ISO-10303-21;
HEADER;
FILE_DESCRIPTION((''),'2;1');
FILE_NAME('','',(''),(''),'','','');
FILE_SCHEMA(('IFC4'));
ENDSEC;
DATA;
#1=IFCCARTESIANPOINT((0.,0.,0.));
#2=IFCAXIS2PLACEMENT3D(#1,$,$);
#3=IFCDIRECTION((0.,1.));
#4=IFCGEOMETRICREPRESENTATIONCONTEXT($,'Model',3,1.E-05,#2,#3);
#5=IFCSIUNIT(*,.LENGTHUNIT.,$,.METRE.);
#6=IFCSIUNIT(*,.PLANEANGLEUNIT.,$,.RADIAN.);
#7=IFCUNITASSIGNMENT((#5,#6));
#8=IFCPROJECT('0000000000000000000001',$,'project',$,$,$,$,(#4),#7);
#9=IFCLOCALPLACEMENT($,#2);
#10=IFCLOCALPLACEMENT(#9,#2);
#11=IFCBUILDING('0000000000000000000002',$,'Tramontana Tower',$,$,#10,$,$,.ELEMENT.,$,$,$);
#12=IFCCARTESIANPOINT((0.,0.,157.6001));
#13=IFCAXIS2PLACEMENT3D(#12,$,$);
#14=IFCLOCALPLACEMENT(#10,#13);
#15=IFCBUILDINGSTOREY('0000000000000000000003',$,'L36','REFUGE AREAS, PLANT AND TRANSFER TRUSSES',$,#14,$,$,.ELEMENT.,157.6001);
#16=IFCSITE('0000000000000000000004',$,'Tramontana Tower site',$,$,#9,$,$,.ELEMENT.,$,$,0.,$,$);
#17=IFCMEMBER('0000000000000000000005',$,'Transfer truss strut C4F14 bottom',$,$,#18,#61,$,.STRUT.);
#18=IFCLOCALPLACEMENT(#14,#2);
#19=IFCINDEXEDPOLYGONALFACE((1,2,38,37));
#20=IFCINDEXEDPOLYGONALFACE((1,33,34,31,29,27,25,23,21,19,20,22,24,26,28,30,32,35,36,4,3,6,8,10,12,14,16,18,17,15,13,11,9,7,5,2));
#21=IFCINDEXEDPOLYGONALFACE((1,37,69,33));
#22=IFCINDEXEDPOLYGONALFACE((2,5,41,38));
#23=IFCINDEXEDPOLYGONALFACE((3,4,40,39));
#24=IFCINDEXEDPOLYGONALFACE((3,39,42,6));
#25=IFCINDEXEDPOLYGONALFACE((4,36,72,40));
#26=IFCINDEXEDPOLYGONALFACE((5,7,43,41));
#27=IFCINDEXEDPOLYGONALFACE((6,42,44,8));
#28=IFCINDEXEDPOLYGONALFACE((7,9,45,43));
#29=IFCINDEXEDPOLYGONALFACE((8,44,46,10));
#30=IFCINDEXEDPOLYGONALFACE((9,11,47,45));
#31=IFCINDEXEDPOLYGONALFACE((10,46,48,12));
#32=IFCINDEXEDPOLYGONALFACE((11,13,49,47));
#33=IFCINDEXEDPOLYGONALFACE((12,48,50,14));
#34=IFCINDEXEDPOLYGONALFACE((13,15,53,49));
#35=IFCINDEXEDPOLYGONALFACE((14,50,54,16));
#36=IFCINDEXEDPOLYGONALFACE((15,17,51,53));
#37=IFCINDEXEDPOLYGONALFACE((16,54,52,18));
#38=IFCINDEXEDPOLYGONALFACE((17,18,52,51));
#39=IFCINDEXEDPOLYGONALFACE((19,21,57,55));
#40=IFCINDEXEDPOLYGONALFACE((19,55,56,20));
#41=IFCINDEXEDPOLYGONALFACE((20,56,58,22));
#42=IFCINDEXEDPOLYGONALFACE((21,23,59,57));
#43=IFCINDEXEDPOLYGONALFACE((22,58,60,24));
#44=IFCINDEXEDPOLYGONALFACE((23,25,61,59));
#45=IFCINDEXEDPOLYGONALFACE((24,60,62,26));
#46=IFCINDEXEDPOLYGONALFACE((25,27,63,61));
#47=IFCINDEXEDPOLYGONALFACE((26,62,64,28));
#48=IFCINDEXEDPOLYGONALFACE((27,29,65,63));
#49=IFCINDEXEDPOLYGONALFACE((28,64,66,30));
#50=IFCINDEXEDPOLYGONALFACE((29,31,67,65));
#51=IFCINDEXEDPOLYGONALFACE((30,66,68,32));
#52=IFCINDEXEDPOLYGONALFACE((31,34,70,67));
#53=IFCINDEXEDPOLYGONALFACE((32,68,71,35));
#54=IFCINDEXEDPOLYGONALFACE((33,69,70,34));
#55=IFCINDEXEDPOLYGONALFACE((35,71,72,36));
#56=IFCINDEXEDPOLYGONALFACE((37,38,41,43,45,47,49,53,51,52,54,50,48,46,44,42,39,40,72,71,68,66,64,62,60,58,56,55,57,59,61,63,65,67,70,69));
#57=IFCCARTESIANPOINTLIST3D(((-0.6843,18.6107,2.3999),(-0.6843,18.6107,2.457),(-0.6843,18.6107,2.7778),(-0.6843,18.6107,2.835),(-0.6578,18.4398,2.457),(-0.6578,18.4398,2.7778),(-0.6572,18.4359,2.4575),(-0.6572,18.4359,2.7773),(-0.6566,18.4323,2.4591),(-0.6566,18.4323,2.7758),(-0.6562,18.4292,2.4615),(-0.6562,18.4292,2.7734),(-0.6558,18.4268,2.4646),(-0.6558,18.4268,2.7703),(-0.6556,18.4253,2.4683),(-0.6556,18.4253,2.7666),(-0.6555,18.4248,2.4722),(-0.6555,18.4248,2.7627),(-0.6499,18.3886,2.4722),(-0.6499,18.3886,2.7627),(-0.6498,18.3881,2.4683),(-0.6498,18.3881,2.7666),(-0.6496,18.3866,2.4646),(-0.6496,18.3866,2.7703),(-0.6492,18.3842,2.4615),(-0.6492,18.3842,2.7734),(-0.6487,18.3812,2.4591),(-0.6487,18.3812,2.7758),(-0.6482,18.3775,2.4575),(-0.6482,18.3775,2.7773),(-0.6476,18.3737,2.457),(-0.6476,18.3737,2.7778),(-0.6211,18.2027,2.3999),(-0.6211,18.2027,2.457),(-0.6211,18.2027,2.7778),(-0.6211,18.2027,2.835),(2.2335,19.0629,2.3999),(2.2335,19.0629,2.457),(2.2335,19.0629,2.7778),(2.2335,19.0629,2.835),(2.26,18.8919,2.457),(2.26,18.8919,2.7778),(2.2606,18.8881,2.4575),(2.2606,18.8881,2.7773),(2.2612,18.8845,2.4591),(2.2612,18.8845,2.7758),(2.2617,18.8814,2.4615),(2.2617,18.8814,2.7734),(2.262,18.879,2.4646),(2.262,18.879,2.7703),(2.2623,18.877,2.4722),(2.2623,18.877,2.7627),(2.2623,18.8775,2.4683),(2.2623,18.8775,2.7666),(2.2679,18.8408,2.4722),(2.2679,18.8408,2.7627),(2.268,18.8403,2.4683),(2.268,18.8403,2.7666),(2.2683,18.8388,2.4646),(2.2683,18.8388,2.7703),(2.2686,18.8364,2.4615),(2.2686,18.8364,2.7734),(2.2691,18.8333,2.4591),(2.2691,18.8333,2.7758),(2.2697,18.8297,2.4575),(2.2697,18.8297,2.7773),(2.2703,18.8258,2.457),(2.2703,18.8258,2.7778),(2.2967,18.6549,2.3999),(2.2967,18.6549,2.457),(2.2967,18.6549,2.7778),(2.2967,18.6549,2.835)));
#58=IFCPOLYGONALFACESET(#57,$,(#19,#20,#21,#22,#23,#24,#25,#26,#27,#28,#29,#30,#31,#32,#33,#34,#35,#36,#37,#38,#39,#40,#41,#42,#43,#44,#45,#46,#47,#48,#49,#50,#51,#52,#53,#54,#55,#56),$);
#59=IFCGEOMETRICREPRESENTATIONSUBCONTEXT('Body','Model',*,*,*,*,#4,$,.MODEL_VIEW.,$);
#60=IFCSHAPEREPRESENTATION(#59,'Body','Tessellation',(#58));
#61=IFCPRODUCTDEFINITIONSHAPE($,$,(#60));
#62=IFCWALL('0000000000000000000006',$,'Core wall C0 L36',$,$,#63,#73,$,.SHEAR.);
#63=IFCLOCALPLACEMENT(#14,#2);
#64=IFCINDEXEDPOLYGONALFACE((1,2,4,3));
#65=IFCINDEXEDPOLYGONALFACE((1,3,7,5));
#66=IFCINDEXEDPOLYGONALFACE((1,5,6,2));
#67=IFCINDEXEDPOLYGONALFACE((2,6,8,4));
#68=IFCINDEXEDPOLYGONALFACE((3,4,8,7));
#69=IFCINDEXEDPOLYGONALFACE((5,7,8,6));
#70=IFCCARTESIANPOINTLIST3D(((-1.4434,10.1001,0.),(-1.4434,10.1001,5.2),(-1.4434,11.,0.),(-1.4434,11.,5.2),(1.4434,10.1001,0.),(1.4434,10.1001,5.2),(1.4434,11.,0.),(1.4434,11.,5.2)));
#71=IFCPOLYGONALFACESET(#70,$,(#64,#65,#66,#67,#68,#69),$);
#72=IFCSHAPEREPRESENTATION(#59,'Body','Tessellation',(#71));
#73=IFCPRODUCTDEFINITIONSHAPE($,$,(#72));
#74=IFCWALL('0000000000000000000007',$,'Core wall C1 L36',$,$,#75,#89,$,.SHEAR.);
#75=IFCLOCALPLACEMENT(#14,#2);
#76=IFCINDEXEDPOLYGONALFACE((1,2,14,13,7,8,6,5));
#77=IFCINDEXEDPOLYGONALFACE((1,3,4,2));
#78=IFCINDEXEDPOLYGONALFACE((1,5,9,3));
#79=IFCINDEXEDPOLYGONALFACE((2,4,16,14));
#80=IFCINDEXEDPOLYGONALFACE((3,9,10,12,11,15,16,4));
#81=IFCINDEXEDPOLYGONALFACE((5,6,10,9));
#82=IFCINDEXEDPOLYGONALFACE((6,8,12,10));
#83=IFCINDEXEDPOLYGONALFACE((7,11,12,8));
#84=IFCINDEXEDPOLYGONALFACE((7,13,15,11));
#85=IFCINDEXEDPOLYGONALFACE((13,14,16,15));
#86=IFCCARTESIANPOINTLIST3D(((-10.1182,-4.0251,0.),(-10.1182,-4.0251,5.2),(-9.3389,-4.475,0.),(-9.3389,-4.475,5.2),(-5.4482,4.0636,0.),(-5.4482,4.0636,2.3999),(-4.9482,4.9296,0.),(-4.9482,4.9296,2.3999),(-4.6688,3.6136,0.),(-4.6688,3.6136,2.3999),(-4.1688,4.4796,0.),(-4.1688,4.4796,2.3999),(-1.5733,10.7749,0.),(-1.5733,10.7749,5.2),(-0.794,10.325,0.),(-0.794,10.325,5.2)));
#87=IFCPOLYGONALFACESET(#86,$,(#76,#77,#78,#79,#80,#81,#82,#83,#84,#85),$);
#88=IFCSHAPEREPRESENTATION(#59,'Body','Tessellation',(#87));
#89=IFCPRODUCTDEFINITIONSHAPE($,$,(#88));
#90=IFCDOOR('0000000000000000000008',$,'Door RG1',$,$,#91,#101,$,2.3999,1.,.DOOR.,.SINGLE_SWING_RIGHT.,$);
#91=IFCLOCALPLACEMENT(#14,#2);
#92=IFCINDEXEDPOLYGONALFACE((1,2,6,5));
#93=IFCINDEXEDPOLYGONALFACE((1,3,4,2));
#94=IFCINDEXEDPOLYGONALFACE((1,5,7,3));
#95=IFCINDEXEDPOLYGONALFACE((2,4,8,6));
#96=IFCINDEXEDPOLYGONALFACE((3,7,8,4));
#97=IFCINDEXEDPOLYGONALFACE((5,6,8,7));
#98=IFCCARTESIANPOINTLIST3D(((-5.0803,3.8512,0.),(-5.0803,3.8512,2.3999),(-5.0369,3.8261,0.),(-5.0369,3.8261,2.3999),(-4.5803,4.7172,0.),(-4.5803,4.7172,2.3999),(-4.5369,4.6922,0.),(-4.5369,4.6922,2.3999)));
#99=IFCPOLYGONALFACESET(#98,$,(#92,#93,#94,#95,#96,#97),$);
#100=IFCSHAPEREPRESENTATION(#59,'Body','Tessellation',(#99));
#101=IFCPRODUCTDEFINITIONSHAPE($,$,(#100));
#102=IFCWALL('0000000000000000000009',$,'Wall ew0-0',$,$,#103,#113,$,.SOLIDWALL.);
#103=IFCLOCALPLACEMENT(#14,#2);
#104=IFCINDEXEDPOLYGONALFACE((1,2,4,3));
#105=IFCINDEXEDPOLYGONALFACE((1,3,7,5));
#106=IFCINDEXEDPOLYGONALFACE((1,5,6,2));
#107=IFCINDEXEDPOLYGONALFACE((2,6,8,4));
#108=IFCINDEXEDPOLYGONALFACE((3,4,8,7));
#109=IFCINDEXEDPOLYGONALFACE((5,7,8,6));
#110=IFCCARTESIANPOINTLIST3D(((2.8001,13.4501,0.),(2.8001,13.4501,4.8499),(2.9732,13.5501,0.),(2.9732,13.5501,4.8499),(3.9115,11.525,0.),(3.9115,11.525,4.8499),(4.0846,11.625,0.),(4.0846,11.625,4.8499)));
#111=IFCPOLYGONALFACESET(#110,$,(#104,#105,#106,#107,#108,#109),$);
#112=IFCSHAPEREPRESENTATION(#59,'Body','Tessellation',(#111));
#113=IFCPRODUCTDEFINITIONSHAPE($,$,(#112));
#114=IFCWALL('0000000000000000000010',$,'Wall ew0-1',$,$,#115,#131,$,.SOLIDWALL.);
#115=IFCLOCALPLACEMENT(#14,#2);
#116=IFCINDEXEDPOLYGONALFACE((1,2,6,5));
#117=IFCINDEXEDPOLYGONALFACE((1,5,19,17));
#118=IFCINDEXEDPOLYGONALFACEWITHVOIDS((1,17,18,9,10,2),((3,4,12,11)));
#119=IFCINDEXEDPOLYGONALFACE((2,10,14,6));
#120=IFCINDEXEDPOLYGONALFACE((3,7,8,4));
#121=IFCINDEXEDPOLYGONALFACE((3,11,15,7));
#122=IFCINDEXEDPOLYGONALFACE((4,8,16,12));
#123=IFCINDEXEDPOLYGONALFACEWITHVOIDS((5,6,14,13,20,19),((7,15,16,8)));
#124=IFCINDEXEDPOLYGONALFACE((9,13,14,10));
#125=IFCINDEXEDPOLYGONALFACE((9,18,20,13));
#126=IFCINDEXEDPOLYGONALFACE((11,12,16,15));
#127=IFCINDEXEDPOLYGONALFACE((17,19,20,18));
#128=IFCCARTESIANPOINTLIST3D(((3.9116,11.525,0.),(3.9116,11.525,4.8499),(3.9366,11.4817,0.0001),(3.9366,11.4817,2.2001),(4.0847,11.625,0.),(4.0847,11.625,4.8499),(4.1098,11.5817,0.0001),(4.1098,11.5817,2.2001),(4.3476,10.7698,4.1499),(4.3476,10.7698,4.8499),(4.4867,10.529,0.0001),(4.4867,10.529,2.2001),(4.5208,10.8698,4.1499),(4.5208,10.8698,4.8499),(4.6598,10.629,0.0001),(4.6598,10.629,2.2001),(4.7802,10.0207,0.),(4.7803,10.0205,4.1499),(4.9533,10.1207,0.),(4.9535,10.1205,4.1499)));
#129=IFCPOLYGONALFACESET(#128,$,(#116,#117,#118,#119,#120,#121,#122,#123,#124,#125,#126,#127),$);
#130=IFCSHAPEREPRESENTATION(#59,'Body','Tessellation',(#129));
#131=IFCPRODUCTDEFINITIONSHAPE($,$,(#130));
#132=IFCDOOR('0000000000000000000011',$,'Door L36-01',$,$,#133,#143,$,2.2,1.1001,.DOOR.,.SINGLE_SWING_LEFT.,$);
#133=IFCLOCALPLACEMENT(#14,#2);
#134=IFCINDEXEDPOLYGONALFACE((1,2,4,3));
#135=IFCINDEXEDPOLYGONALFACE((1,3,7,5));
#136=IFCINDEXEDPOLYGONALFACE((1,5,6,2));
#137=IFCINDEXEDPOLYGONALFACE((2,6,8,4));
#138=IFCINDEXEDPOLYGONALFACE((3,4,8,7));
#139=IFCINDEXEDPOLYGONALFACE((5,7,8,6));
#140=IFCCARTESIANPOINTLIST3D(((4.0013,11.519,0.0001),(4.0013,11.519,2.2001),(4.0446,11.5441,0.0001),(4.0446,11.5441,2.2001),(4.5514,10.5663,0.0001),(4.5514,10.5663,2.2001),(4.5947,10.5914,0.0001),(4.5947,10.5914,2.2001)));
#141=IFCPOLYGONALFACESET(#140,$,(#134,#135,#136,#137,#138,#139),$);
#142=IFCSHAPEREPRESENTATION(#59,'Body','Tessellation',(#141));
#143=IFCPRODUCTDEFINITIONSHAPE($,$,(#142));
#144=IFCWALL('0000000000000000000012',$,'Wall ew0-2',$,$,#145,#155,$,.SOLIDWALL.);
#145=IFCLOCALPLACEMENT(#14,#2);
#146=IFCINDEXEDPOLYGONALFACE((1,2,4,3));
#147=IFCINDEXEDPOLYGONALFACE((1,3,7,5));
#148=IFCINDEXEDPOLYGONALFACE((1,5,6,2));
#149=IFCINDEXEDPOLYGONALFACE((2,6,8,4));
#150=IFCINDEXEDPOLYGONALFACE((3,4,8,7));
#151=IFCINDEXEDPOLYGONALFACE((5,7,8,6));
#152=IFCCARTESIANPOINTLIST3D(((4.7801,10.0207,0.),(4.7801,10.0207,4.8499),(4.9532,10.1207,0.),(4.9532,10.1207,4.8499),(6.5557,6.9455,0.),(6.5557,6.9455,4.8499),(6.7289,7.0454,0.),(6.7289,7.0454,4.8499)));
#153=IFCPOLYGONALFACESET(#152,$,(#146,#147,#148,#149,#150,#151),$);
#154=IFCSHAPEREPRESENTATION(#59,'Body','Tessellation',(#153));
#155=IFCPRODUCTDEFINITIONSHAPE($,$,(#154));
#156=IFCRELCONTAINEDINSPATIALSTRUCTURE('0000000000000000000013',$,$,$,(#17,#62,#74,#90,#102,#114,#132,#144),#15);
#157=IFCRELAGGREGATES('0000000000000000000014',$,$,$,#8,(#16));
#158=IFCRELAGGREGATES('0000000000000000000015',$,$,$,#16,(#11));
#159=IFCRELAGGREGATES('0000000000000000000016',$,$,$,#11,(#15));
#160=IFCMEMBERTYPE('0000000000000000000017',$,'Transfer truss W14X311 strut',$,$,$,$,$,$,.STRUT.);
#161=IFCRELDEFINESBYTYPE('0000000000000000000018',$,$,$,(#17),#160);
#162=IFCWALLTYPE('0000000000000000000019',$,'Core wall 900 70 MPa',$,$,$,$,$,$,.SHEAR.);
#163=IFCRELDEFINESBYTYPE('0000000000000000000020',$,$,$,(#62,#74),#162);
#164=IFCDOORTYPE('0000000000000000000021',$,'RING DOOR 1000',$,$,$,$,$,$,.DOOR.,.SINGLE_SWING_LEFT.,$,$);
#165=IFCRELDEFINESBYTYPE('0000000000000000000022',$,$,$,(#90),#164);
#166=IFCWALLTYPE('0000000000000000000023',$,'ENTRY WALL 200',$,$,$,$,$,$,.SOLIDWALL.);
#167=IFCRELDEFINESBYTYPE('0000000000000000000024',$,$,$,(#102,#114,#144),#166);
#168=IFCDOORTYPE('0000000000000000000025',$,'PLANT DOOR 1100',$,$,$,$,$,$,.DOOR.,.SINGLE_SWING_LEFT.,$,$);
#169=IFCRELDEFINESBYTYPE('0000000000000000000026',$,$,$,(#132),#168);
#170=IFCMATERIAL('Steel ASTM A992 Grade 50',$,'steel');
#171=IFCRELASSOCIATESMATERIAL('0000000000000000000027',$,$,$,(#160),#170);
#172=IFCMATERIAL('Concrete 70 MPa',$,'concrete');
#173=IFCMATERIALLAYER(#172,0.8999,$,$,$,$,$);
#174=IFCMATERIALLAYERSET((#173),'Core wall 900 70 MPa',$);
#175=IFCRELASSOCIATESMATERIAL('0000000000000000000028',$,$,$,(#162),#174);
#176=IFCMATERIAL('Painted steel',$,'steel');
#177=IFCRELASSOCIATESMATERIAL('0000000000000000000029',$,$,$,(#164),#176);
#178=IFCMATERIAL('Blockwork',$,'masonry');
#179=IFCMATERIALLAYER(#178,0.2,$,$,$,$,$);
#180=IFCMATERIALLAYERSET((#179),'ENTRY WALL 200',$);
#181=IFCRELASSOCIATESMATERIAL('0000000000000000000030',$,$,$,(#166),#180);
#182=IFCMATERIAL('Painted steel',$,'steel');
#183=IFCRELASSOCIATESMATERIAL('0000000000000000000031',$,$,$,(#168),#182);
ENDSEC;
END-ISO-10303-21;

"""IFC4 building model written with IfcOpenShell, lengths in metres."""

from ifc_helpers import new_model, si_unit, direction, frame, frame_2d, origin, origin_2d, place, context, subcontext, project, spatial, polyline, rectangle, i_section, outline, extrude, material, layer, layer_set, material_profile, profile_set, type_object, element, fill, save


model = new_model("IFC4")

# Units and contexts
model_context = context("Model", 3, precision=1e-05, world=origin(), true_north=direction((0.0, 1.0)))
body_context = subcontext(model_context, "Body", "Model", "MODEL_VIEW")
ifc_project = project(units=[si_unit("LENGTHUNIT", "METRE"), si_unit("PLANEANGLEUNIT", "RADIAN")], contexts=[model_context])

# Site, building, storey
site_placement = place(None, origin())
site = spatial("IfcSite", under=ifc_project, at=site_placement, Name="Tramontana Tower site", CompositionType="ELEMENT", RefElevation=0.0)
building_placement = place(site_placement, origin())
building = spatial("IfcBuilding", under=site, at=building_placement, Name="Tramontana Tower", CompositionType="ELEMENT")
storey_placement = place(building_placement, frame((0.0, 0.0, 157.6001)))
storey = spatial("IfcBuildingStorey", under=building, at=storey_placement, Name="L36", Description="REFUGE AREAS, PLANT AND TRANSFER TRUSSES", CompositionType="ELEMENT", Elevation=157.6001)

# Member
ifc_material_1 = material(Name="Steel ASTM A992 Grade 50", Category="steel")
ifc_material_profile_1 = material_profile(ifc_material_1, i_section(OverallWidth=0.4128, OverallDepth=0.4351, WebThickness=0.0366, FlangeThickness=0.0571, FilletRadius=0.0151, at=origin_2d()), Name="W14X311")
ifc_profile_set_1 = profile_set([ifc_material_profile_1], Name="Steel ASTM A992 Grade 50")
member_type_1 = type_object("IfcMemberType", Name="Transfer truss W14X311 strut", PredefinedType="STRUT", material=ifc_profile_set_1)
member_1_placement = place(storey_placement, frame((2.2651, 18.8589, 2.6174), z_axis=(-0.988205, -0.153138, 0.0), x_axis=(0.153138, -0.988205, 0.0)))
element("IfcMember", 1, at=member_1_placement, inside=storey, type_object=member_type_1, Name="Transfer truss strut C4F14 bottom", PredefinedType="STRUT", context=body_context, shape_type="SweptSolid", body=[
    extrude(i_section(OverallWidth=0.4128, OverallDepth=0.4351, WebThickness=0.0366, FlangeThickness=0.0571, FilletRadius=0.0151, at=origin_2d()), origin(), (0.0, 0.0, 1.0), 2.9526),
])

# Wall
ifc_material_2 = material(Name="Concrete 70 MPa", Category="concrete")
ifc_layer_1 = layer(ifc_material_2, 0.8999)
ifc_layer_set_1 = layer_set([ifc_layer_1], Name="Core wall 900 70 MPa")
wall_type_1 = type_object("IfcWallType", Name="Core wall 900 70 MPa", PredefinedType="SHEAR", material=ifc_layer_set_1)
wall_1_placement = place(storey_placement, frame((1.4434, 10.55, 0.0), z_axis=(0.0, 0.0, 1.0), x_axis=(-1.0, 0.0, 0.0)))
element("IfcWall", 2, at=wall_1_placement, inside=storey, type_object=wall_type_1, Name="Core wall C0 L36", PredefinedType="SHEAR", context=body_context, shape_type="SweptSolid", body=[
    extrude(rectangle(XDim=2.8867, YDim=0.8999, at=frame_2d((1.4434, 0.0))), origin(), (0.0, 0.0, 1.0), 5.2),
])

# Wall, opening, door
wall_2_placement = place(storey_placement, frame((-1.1836, 10.55, 0.0), z_axis=(0.0, 0.0, 1.0), x_axis=(-0.500005, -0.866023, 0.0)))
wall_2 = element("IfcWall", 3, at=wall_2_placement, inside=storey, type_object=wall_type_1, Name="Core wall C1 L36", PredefinedType="SHEAR", context=body_context, shape_type="SweptSolid", body=[
    extrude(rectangle(XDim=17.0896, YDim=0.8999, at=frame_2d((8.5449, 0.0))), origin(), (0.0, 0.0, 1.0), 5.2),
])
opening_1_placement = place(wall_2_placement, frame((6.7498, 0.0, 0.0)))
opening_1 = element("IfcOpeningElement", 4, at=opening_1_placement, cuts=wall_2, PredefinedType="OPENING", context=body_context, shape_type="SweptSolid", body=[
    extrude(rectangle(XDim=1.0, YDim=2.3999, at=frame_2d((0.5, 1.2))), frame((0.0, 0.46, 0.0), z_axis=(0.0, -1.0, 0.0), x_axis=(1.0, 0.0, 0.0)), (0.0, 0.0, 1.0), 0.9199),
])
ifc_material_3 = material(Name="Painted steel", Category="steel")
door_type_1 = type_object("IfcDoorType", Name="RING DOOR 1000", OperationType="SINGLE_SWING_LEFT", PredefinedType="DOOR", material=ifc_material_3)
door_1_placement = place(opening_1_placement, origin())
door_1 = element("IfcDoor", 5, at=door_1_placement, inside=storey, type_object=door_type_1, Name="Door RG1", OperationType="SINGLE_SWING_RIGHT", OverallHeight=2.3999, OverallWidth=1.0, PredefinedType="DOOR", context=body_context, shape_type="SweptSolid", body=[
    extrude(rectangle(XDim=1.0, YDim=2.3999, at=frame_2d((0.5, 1.2))), frame((0.0, 0.0249, 0.0), z_axis=(0.0, -1.0, 0.0), x_axis=(1.0, 0.0, 0.0)), (0.0, 0.0, 1.0), 0.05),
])
fill(opening_1, door_1)

# Wall
ifc_material_4 = material(Name="Blockwork", Category="masonry")
ifc_layer_2 = layer(ifc_material_4, 0.2)
ifc_layer_set_2 = layer_set([ifc_layer_2], Name="ENTRY WALL 200")
wall_type_2 = type_object("IfcWallType", Name="ENTRY WALL 200", PredefinedType="SOLIDWALL", material=ifc_layer_set_2)
wall_3_placement = place(storey_placement, frame((2.8867, 13.5, 0.0), z_axis=(0.0, 0.0, 1.0), x_axis=(0.499966, -0.866045, 0.0)))
element("IfcWall", 6, at=wall_3_placement, inside=storey, type_object=wall_type_2, Name="Wall ew0-0", PredefinedType="SOLIDWALL", context=body_context, shape_type="SweptSolid", body=[
    extrude(rectangle(XDim=2.2229, YDim=0.2, at=frame_2d((1.1113, 0.0))), origin(), (0.0, 0.0, 1.0), 4.8499),
])

# Wall, opening, door
wall_4_placement = place(storey_placement, frame((3.998, 11.575, 0.0), z_axis=(0.0, 0.0, 1.0), x_axis=(0.500039, -0.866003, 0.0)))
wall_4 = element("IfcWall", 7, at=wall_4_placement, inside=storey, type_object=wall_type_2, Name="Wall ew0-1", PredefinedType="SOLIDWALL", context=body_context, shape_type="SweptSolid", body=[
    extrude(outline(polyline([(0.0, 0.0), (1.7371, 0.0), (1.7373, 4.1499), (0.8721, 4.1499), (0.8721, 4.8499), (0.0, 4.8499), (0.0, 0.0)])), frame((0.0, 0.1001, 0.0), z_axis=(0.0, -1.0, 0.0), x_axis=(1.0, 0.0, 0.0)), (0.0, 0.0, 1.0), 0.2),
])
opening_2_placement = place(wall_4_placement, frame((0.05, 0.0, 0.0)))
opening_2 = element("IfcOpeningElement", 8, at=opening_2_placement, cuts=wall_4, PredefinedType="OPENING", context=body_context, shape_type="SweptSolid", body=[
    extrude(rectangle(XDim=1.1001, YDim=2.2, at=frame_2d((0.55, 1.1001))), frame((0.0, 0.1099, 0.0), z_axis=(0.0, -1.0, 0.0), x_axis=(1.0, 0.0, 0.0)), (0.0, 0.0, 1.0), 0.22),
])
ifc_material_5 = material(Name="Painted steel", Category="steel")
door_type_2 = type_object("IfcDoorType", Name="PLANT DOOR 1100", OperationType="SINGLE_SWING_LEFT", PredefinedType="DOOR", material=ifc_material_5)
door_2_placement = place(opening_2_placement, origin())
door_2 = element("IfcDoor", 9, at=door_2_placement, inside=storey, type_object=door_type_2, Name="Door L36-01", OperationType="SINGLE_SWING_LEFT", OverallHeight=2.2, OverallWidth=1.1001, PredefinedType="DOOR", context=body_context, shape_type="SweptSolid", body=[
    extrude(rectangle(XDim=1.1001, YDim=2.2, at=frame_2d((0.55, 1.1001))), frame((0.0, 0.0249, 0.0), z_axis=(0.0, -1.0, 0.0), x_axis=(1.0, 0.0, 0.0)), (0.0, 0.0, 1.0), 0.05),
])
fill(opening_2, door_2)

# Wall
wall_5_placement = place(storey_placement, frame((4.8667, 10.0706, 0.0), z_axis=(0.0, 0.0, 1.0), x_axis=(0.500036, -0.866005, 0.0)))
element("IfcWall", 10, at=wall_5_placement, inside=storey, type_object=wall_type_2, Name="Wall ew0-2", PredefinedType="SOLIDWALL", context=body_context, shape_type="SweptSolid", body=[
    extrude(rectangle(XDim=3.551, YDim=0.2, at=frame_2d((1.7754, 0.0))), origin(), (0.0, 0.0, 1.0), 4.8499),
])

save(model, "model.ifc")
